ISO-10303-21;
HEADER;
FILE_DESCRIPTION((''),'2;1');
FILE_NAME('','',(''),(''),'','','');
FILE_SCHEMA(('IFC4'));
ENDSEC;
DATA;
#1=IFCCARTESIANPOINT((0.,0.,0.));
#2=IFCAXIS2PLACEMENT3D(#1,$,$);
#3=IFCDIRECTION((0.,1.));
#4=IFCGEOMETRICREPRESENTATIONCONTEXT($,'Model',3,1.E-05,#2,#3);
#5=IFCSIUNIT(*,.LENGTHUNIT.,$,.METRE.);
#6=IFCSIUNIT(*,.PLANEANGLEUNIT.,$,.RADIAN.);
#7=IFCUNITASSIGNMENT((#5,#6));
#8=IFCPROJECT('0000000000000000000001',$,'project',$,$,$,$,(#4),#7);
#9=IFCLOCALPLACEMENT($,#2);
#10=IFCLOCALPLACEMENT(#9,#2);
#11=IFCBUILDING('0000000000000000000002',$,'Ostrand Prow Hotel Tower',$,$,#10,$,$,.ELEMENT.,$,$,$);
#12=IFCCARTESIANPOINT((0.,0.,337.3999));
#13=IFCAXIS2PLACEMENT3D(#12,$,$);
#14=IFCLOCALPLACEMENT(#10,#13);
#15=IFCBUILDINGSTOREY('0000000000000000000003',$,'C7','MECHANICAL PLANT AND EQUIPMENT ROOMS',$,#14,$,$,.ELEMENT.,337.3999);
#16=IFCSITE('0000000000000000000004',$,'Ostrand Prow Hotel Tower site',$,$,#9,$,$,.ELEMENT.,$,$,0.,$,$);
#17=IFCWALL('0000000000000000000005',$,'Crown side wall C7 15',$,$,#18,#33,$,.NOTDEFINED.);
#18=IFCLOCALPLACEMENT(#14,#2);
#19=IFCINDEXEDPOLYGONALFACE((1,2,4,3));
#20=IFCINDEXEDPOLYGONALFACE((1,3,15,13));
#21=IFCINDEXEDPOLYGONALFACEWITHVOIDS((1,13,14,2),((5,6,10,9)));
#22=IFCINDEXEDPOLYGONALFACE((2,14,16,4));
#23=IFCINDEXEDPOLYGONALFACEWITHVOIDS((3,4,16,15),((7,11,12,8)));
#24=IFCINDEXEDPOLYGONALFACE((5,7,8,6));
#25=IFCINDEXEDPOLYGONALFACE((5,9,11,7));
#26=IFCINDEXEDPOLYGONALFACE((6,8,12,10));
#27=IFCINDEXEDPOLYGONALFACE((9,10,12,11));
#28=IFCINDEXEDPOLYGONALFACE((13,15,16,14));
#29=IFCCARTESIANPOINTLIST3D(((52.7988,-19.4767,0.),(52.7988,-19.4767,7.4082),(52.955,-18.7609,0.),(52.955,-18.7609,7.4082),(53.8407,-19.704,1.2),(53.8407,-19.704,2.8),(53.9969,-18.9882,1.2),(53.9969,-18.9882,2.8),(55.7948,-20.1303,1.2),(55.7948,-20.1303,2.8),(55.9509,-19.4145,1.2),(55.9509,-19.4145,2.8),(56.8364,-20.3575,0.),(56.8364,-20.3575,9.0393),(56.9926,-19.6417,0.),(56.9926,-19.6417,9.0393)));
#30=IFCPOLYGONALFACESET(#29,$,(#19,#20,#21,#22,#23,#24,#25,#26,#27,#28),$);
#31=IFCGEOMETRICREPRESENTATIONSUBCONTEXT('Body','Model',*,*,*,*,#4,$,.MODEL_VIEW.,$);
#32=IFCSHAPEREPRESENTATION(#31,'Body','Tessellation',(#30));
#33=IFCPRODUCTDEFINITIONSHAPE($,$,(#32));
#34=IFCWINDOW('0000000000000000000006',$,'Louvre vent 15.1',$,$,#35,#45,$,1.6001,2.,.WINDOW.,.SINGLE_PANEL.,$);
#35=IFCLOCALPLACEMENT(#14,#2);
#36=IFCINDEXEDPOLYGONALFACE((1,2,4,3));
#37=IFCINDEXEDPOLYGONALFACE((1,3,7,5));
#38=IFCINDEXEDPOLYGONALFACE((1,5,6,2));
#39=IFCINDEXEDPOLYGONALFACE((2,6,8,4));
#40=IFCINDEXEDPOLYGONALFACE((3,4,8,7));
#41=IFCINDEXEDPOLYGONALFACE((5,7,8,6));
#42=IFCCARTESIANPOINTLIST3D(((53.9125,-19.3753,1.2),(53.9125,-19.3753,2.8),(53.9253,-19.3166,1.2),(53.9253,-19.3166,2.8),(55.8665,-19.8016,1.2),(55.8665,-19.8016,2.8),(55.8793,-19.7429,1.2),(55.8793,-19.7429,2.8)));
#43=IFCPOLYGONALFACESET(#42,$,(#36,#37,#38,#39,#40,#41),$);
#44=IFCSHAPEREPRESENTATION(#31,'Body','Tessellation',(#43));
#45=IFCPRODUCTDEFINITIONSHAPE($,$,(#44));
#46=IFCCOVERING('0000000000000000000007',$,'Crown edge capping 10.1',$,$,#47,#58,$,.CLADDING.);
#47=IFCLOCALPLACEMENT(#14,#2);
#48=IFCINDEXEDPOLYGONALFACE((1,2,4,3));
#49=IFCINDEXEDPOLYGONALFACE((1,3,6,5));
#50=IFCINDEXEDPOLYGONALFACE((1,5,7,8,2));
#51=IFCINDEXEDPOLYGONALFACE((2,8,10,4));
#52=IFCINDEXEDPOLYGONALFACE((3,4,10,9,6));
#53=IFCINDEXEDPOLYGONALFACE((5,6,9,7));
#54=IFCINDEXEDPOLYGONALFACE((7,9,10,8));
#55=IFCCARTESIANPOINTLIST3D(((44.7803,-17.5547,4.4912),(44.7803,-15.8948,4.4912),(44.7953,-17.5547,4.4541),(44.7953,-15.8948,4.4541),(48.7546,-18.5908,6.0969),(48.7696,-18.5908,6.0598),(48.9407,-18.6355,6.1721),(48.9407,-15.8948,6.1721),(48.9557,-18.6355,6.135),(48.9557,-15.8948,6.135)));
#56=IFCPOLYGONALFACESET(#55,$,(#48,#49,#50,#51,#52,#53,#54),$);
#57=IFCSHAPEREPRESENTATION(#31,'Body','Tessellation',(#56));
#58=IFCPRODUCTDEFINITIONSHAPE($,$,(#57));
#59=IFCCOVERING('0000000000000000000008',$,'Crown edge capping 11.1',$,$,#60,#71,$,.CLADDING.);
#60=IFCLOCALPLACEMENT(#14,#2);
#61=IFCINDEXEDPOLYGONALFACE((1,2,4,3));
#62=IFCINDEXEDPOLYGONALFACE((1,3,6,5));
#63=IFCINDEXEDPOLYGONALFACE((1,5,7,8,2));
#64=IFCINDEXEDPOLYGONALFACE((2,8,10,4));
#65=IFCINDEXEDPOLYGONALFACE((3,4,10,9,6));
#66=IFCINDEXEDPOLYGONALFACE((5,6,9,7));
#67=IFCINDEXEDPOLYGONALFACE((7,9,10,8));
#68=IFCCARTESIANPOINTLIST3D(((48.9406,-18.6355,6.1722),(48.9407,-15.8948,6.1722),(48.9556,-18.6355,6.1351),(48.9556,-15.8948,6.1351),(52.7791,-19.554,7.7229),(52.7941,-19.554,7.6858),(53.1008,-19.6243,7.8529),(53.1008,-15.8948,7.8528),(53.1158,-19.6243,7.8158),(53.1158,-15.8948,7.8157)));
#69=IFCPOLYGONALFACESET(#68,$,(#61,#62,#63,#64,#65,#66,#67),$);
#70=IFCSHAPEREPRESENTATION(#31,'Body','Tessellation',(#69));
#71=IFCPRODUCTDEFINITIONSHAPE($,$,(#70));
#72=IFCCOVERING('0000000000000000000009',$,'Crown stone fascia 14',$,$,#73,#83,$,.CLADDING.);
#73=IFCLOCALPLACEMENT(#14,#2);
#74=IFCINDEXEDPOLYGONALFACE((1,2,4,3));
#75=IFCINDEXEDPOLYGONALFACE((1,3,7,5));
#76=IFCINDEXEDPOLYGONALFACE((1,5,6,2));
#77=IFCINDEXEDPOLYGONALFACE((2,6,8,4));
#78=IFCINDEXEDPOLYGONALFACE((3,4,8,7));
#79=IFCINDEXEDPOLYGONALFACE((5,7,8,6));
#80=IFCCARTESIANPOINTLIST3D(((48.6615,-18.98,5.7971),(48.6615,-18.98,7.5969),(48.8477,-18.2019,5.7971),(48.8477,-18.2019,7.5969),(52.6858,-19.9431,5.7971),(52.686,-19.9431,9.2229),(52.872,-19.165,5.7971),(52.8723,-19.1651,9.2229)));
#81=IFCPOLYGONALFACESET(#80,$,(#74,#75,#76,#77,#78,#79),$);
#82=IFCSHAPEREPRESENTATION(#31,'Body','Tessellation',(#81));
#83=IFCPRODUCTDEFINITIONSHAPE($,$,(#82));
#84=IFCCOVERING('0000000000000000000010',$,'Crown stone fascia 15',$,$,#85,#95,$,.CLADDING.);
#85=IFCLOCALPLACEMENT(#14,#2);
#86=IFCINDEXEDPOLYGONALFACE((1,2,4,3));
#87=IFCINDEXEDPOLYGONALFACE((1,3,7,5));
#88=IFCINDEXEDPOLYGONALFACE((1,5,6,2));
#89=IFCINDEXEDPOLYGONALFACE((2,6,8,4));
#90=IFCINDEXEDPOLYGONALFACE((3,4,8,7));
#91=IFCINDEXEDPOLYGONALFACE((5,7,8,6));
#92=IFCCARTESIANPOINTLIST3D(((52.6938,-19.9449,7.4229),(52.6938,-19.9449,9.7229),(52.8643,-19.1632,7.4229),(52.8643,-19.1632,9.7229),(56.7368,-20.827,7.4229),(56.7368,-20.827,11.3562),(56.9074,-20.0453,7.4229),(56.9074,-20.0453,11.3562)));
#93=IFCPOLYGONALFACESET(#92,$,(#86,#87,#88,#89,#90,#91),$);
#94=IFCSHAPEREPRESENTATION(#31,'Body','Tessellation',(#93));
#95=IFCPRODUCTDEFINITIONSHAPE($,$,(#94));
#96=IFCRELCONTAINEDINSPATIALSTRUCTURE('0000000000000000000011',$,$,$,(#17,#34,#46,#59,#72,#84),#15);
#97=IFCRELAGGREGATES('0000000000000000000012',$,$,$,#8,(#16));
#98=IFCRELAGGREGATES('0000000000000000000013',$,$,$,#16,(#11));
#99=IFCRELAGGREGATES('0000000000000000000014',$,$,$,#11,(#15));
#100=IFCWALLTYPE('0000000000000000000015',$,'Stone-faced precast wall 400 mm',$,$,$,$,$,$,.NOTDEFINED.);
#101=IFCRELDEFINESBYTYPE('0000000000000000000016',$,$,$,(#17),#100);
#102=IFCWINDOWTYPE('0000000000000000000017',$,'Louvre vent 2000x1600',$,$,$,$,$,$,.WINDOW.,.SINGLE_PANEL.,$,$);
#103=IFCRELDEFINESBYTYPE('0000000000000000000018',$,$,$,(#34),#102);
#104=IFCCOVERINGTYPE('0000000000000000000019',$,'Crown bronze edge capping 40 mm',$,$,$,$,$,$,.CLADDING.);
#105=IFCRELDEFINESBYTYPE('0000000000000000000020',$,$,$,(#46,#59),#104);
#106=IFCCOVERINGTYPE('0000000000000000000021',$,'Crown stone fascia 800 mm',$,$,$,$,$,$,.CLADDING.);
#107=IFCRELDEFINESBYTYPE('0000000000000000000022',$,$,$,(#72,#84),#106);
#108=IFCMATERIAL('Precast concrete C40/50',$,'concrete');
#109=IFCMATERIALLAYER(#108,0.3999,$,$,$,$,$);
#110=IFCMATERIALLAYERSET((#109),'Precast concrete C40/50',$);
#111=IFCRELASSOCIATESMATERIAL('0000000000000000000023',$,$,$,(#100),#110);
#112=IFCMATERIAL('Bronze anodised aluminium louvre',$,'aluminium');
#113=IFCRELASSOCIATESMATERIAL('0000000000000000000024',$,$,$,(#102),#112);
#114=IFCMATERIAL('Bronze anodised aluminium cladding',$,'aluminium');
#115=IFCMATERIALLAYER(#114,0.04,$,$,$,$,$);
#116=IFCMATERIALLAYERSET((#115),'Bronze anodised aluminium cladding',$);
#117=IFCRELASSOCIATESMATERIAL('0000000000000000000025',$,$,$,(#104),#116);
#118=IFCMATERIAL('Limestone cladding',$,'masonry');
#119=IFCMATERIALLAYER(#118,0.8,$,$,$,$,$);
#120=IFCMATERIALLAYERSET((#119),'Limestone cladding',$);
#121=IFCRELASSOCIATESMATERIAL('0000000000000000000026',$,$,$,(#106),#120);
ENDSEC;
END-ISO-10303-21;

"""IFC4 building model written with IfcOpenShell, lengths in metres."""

from ifc_helpers import new_model, si_unit, direction, frame, frame_2d, origin, place, context, subcontext, project, spatial, polyline, rectangle, outline, extrude, material, layer, layer_set, type_object, element, fill, save


model = new_model("IFC4")

# Units and contexts
model_context = context("Model", 3, precision=1e-05, world=origin(), true_north=direction((0.0, 1.0)))
body_context = subcontext(model_context, "Body", "Model", "MODEL_VIEW")
ifc_project = project(units=[si_unit("LENGTHUNIT", "METRE"), si_unit("PLANEANGLEUNIT", "RADIAN")], contexts=[model_context])

# Site, building, storey
site_placement = place(None, origin())
site = spatial("IfcSite", under=ifc_project, at=site_placement, Name="Ostrand Prow Hotel Tower site", CompositionType="ELEMENT", RefElevation=0.0)
building_placement = place(site_placement, origin())
building = spatial("IfcBuilding", under=site, at=building_placement, Name="Ostrand Prow Hotel Tower", CompositionType="ELEMENT")
storey_placement = place(building_placement, frame((0.0, 0.0, 337.3999)))
storey = spatial("IfcBuildingStorey", under=building, at=storey_placement, Name="C7", Description="MECHANICAL PLANT AND EQUIPMENT ROOMS", CompositionType="ELEMENT", Elevation=337.3999)

# Wall, opening, window
ifc_material_1 = material(Name="Precast concrete C40/50", Category="concrete")
ifc_layer_1 = layer(ifc_material_1, 0.3999)
ifc_layer_set_1 = layer_set([ifc_layer_1], Name="Precast concrete C40/50")
wall_type_1 = type_object("IfcWallType", Name="Stone-faced precast wall 400 mm", PredefinedType="NOTDEFINED", material=ifc_layer_set_1)
ifc_material_2 = material(Name="Bronze anodised aluminium louvre", Category="aluminium")
window_type = type_object("IfcWindowType", Name="Louvre vent 2000x1600", PartitioningType="SINGLE_PANEL", PredefinedType="WINDOW", material=ifc_material_2)
wall_1_placement = place(storey_placement, frame((52.877, -19.1187, 0.0), z_axis=(0.0, 0.0, 1.0), x_axis=(0.977019, -0.213151, 0.0)))
wall_1 = element("IfcWall", 1, at=wall_1_placement, inside=storey, type_object=wall_type_1, Name="Crown side wall C7 15", PredefinedType="NOTDEFINED", context=body_context, shape_type="SweptSolid", body=[
    extrude(outline(polyline([(0.0, 0.0), (4.1326, 0.0), (4.1326, 9.0393), (0.0, 7.4082), (0.0, 0.0)])), frame((0.0, 0.3662, 0.0), z_axis=(0.0, -1.0, 0.0), x_axis=(1.0, 0.0, 0.0)), (0.0, 0.0, 1.0), 0.7327),
])
opening_1_placement = place(wall_1_placement, frame((1.0664, 0.0, 1.2)))
opening_1 = element("IfcOpeningElement", 2, at=opening_1_placement, cuts=wall_1, PredefinedType="OPENING", context=body_context, shape_type="SweptSolid", body=[
    extrude(rectangle(XDim=2.0, YDim=1.6001, at=frame_2d((1.0, 0.8))), frame((0.0, 0.3762, 0.0), z_axis=(0.0, -1.0, 0.0), x_axis=(1.0, 0.0, 0.0)), (0.0, 0.0, 1.0), 0.7527),
])
window_1_placement = place(opening_1_placement, origin())
window_1 = element("IfcWindow", 3, at=window_1_placement, inside=storey, type_object=window_type, Name="Louvre vent 15.1", OverallHeight=1.6001, OverallWidth=2.0, PartitioningType="SINGLE_PANEL", PredefinedType="WINDOW", context=body_context, shape_type="SweptSolid", body=[
    extrude(rectangle(XDim=2.0, YDim=1.6001, at=frame_2d((1.0, 0.8))), frame((0.0, 0.03, 0.0), z_axis=(0.0, -1.0, 0.0), x_axis=(1.0, 0.0, 0.0)), (0.0, 0.0, 1.0), 0.0601),
])
fill(opening_1, window_1)

# Coverings
ifc_material_3 = material(Name="Bronze anodised aluminium cladding", Category="aluminium")
ifc_layer_2 = layer(ifc_material_3, 0.04)
ifc_layer_set_2 = layer_set([ifc_layer_2], Name="Bronze anodised aluminium cladding")
covering_type_1 = type_object("IfcCoveringType", Name="Crown bronze edge capping 40 mm", PredefinedType="CLADDING", material=ifc_layer_set_2)
covering_1_placement = place(storey_placement, frame((48.7546, -18.5908, 6.0969), z_axis=(-0.374608, -0.000007, 0.927183), x_axis=(0.905022, -0.217335, 0.365652)))
element("IfcCovering", 4, at=covering_1_placement, inside=storey, type_object=covering_type_1, Name="Crown edge capping 10.1", PredefinedType="CLADDING", context=body_context, shape_type="SweptSolid", body=[
    extrude(outline(polyline([(0.0, 0.0), (0.2056, 0.0), (-0.3901, 2.6752), (-4.77, 1.7), (-4.4092, 0.0798), (0.0, 0.0)])), origin(), (0.0, 0.0, -1.0), 0.04),
])
covering_2_placement = place(storey_placement, frame((52.7791, -19.554, 7.7229), z_axis=(-0.374575, 0.000016, 0.927197), x_axis=(0.908728, -0.198593, 0.367117)))
element("IfcCovering", 5, at=covering_2_placement, inside=storey, type_object=covering_type_1, Name="Crown edge capping 11.1", PredefinedType="CLADDING", context=body_context, shape_type="SweptSolid", body=[
    extrude(outline(polyline([(0.0, 0.0), (0.3541, 0.0), (-0.3866, 3.6552), (-4.784, 2.7642), (-4.2398, 0.078), (0.0, 0.0)])), origin(), (0.0, 0.0, -1.0), 0.04),
])
ifc_material_4 = material(Name="Limestone cladding", Category="masonry")
ifc_layer_3 = layer(ifc_material_4, 0.8)
ifc_layer_set_3 = layer_set([ifc_layer_3], Name="Limestone cladding")
covering_type_2 = type_object("IfcCoveringType", Name="Crown stone fascia 800 mm", PredefinedType="CLADDING", material=ifc_layer_set_3)
covering_3_placement = place(storey_placement, frame((48.7546, -18.5908, 5.7971), z_axis=(0.0, 0.0, 1.0), x_axis=(0.972537, -0.23275, 0.0)))
element("IfcCovering", 6, at=covering_3_placement, inside=storey, type_object=covering_type_2, Name="Crown stone fascia 14", PredefinedType="CLADDING", context=body_context, shape_type="SweptSolid", body=[
    extrude(outline(polyline([(0.0, 0.0), (4.1379, 0.0), (4.1382, 3.4258), (0.0, 1.7998), (0.0, 0.0)])), frame((0.0, 0.3999, 0.0), z_axis=(0.0, -1.0, 0.0), x_axis=(1.0, 0.0, 0.0)), (0.0, 0.0, 1.0), 0.8),
])
covering_4_placement = place(storey_placement, frame((52.7791, -19.554, 7.4229), z_axis=(0.0, 0.0, 1.0), x_axis=(0.977017, -0.213162, 0.0)))
element("IfcCovering", 7, at=covering_4_placement, inside=storey, type_object=covering_type_2, Name="Crown stone fascia 15", PredefinedType="CLADDING", context=body_context, shape_type="SweptSolid", body=[
    extrude(outline(polyline([(0.0, 0.0), (4.1382, 0.0), (4.1382, 3.9333), (0.0, 2.3), (0.0, 0.0)])), frame((0.0, 0.3999, 0.0), z_axis=(0.0, -1.0, 0.0), x_axis=(1.0, 0.0, 0.0)), (0.0, 0.0, 1.0), 0.8),
])

save(model, "model.ifc")
